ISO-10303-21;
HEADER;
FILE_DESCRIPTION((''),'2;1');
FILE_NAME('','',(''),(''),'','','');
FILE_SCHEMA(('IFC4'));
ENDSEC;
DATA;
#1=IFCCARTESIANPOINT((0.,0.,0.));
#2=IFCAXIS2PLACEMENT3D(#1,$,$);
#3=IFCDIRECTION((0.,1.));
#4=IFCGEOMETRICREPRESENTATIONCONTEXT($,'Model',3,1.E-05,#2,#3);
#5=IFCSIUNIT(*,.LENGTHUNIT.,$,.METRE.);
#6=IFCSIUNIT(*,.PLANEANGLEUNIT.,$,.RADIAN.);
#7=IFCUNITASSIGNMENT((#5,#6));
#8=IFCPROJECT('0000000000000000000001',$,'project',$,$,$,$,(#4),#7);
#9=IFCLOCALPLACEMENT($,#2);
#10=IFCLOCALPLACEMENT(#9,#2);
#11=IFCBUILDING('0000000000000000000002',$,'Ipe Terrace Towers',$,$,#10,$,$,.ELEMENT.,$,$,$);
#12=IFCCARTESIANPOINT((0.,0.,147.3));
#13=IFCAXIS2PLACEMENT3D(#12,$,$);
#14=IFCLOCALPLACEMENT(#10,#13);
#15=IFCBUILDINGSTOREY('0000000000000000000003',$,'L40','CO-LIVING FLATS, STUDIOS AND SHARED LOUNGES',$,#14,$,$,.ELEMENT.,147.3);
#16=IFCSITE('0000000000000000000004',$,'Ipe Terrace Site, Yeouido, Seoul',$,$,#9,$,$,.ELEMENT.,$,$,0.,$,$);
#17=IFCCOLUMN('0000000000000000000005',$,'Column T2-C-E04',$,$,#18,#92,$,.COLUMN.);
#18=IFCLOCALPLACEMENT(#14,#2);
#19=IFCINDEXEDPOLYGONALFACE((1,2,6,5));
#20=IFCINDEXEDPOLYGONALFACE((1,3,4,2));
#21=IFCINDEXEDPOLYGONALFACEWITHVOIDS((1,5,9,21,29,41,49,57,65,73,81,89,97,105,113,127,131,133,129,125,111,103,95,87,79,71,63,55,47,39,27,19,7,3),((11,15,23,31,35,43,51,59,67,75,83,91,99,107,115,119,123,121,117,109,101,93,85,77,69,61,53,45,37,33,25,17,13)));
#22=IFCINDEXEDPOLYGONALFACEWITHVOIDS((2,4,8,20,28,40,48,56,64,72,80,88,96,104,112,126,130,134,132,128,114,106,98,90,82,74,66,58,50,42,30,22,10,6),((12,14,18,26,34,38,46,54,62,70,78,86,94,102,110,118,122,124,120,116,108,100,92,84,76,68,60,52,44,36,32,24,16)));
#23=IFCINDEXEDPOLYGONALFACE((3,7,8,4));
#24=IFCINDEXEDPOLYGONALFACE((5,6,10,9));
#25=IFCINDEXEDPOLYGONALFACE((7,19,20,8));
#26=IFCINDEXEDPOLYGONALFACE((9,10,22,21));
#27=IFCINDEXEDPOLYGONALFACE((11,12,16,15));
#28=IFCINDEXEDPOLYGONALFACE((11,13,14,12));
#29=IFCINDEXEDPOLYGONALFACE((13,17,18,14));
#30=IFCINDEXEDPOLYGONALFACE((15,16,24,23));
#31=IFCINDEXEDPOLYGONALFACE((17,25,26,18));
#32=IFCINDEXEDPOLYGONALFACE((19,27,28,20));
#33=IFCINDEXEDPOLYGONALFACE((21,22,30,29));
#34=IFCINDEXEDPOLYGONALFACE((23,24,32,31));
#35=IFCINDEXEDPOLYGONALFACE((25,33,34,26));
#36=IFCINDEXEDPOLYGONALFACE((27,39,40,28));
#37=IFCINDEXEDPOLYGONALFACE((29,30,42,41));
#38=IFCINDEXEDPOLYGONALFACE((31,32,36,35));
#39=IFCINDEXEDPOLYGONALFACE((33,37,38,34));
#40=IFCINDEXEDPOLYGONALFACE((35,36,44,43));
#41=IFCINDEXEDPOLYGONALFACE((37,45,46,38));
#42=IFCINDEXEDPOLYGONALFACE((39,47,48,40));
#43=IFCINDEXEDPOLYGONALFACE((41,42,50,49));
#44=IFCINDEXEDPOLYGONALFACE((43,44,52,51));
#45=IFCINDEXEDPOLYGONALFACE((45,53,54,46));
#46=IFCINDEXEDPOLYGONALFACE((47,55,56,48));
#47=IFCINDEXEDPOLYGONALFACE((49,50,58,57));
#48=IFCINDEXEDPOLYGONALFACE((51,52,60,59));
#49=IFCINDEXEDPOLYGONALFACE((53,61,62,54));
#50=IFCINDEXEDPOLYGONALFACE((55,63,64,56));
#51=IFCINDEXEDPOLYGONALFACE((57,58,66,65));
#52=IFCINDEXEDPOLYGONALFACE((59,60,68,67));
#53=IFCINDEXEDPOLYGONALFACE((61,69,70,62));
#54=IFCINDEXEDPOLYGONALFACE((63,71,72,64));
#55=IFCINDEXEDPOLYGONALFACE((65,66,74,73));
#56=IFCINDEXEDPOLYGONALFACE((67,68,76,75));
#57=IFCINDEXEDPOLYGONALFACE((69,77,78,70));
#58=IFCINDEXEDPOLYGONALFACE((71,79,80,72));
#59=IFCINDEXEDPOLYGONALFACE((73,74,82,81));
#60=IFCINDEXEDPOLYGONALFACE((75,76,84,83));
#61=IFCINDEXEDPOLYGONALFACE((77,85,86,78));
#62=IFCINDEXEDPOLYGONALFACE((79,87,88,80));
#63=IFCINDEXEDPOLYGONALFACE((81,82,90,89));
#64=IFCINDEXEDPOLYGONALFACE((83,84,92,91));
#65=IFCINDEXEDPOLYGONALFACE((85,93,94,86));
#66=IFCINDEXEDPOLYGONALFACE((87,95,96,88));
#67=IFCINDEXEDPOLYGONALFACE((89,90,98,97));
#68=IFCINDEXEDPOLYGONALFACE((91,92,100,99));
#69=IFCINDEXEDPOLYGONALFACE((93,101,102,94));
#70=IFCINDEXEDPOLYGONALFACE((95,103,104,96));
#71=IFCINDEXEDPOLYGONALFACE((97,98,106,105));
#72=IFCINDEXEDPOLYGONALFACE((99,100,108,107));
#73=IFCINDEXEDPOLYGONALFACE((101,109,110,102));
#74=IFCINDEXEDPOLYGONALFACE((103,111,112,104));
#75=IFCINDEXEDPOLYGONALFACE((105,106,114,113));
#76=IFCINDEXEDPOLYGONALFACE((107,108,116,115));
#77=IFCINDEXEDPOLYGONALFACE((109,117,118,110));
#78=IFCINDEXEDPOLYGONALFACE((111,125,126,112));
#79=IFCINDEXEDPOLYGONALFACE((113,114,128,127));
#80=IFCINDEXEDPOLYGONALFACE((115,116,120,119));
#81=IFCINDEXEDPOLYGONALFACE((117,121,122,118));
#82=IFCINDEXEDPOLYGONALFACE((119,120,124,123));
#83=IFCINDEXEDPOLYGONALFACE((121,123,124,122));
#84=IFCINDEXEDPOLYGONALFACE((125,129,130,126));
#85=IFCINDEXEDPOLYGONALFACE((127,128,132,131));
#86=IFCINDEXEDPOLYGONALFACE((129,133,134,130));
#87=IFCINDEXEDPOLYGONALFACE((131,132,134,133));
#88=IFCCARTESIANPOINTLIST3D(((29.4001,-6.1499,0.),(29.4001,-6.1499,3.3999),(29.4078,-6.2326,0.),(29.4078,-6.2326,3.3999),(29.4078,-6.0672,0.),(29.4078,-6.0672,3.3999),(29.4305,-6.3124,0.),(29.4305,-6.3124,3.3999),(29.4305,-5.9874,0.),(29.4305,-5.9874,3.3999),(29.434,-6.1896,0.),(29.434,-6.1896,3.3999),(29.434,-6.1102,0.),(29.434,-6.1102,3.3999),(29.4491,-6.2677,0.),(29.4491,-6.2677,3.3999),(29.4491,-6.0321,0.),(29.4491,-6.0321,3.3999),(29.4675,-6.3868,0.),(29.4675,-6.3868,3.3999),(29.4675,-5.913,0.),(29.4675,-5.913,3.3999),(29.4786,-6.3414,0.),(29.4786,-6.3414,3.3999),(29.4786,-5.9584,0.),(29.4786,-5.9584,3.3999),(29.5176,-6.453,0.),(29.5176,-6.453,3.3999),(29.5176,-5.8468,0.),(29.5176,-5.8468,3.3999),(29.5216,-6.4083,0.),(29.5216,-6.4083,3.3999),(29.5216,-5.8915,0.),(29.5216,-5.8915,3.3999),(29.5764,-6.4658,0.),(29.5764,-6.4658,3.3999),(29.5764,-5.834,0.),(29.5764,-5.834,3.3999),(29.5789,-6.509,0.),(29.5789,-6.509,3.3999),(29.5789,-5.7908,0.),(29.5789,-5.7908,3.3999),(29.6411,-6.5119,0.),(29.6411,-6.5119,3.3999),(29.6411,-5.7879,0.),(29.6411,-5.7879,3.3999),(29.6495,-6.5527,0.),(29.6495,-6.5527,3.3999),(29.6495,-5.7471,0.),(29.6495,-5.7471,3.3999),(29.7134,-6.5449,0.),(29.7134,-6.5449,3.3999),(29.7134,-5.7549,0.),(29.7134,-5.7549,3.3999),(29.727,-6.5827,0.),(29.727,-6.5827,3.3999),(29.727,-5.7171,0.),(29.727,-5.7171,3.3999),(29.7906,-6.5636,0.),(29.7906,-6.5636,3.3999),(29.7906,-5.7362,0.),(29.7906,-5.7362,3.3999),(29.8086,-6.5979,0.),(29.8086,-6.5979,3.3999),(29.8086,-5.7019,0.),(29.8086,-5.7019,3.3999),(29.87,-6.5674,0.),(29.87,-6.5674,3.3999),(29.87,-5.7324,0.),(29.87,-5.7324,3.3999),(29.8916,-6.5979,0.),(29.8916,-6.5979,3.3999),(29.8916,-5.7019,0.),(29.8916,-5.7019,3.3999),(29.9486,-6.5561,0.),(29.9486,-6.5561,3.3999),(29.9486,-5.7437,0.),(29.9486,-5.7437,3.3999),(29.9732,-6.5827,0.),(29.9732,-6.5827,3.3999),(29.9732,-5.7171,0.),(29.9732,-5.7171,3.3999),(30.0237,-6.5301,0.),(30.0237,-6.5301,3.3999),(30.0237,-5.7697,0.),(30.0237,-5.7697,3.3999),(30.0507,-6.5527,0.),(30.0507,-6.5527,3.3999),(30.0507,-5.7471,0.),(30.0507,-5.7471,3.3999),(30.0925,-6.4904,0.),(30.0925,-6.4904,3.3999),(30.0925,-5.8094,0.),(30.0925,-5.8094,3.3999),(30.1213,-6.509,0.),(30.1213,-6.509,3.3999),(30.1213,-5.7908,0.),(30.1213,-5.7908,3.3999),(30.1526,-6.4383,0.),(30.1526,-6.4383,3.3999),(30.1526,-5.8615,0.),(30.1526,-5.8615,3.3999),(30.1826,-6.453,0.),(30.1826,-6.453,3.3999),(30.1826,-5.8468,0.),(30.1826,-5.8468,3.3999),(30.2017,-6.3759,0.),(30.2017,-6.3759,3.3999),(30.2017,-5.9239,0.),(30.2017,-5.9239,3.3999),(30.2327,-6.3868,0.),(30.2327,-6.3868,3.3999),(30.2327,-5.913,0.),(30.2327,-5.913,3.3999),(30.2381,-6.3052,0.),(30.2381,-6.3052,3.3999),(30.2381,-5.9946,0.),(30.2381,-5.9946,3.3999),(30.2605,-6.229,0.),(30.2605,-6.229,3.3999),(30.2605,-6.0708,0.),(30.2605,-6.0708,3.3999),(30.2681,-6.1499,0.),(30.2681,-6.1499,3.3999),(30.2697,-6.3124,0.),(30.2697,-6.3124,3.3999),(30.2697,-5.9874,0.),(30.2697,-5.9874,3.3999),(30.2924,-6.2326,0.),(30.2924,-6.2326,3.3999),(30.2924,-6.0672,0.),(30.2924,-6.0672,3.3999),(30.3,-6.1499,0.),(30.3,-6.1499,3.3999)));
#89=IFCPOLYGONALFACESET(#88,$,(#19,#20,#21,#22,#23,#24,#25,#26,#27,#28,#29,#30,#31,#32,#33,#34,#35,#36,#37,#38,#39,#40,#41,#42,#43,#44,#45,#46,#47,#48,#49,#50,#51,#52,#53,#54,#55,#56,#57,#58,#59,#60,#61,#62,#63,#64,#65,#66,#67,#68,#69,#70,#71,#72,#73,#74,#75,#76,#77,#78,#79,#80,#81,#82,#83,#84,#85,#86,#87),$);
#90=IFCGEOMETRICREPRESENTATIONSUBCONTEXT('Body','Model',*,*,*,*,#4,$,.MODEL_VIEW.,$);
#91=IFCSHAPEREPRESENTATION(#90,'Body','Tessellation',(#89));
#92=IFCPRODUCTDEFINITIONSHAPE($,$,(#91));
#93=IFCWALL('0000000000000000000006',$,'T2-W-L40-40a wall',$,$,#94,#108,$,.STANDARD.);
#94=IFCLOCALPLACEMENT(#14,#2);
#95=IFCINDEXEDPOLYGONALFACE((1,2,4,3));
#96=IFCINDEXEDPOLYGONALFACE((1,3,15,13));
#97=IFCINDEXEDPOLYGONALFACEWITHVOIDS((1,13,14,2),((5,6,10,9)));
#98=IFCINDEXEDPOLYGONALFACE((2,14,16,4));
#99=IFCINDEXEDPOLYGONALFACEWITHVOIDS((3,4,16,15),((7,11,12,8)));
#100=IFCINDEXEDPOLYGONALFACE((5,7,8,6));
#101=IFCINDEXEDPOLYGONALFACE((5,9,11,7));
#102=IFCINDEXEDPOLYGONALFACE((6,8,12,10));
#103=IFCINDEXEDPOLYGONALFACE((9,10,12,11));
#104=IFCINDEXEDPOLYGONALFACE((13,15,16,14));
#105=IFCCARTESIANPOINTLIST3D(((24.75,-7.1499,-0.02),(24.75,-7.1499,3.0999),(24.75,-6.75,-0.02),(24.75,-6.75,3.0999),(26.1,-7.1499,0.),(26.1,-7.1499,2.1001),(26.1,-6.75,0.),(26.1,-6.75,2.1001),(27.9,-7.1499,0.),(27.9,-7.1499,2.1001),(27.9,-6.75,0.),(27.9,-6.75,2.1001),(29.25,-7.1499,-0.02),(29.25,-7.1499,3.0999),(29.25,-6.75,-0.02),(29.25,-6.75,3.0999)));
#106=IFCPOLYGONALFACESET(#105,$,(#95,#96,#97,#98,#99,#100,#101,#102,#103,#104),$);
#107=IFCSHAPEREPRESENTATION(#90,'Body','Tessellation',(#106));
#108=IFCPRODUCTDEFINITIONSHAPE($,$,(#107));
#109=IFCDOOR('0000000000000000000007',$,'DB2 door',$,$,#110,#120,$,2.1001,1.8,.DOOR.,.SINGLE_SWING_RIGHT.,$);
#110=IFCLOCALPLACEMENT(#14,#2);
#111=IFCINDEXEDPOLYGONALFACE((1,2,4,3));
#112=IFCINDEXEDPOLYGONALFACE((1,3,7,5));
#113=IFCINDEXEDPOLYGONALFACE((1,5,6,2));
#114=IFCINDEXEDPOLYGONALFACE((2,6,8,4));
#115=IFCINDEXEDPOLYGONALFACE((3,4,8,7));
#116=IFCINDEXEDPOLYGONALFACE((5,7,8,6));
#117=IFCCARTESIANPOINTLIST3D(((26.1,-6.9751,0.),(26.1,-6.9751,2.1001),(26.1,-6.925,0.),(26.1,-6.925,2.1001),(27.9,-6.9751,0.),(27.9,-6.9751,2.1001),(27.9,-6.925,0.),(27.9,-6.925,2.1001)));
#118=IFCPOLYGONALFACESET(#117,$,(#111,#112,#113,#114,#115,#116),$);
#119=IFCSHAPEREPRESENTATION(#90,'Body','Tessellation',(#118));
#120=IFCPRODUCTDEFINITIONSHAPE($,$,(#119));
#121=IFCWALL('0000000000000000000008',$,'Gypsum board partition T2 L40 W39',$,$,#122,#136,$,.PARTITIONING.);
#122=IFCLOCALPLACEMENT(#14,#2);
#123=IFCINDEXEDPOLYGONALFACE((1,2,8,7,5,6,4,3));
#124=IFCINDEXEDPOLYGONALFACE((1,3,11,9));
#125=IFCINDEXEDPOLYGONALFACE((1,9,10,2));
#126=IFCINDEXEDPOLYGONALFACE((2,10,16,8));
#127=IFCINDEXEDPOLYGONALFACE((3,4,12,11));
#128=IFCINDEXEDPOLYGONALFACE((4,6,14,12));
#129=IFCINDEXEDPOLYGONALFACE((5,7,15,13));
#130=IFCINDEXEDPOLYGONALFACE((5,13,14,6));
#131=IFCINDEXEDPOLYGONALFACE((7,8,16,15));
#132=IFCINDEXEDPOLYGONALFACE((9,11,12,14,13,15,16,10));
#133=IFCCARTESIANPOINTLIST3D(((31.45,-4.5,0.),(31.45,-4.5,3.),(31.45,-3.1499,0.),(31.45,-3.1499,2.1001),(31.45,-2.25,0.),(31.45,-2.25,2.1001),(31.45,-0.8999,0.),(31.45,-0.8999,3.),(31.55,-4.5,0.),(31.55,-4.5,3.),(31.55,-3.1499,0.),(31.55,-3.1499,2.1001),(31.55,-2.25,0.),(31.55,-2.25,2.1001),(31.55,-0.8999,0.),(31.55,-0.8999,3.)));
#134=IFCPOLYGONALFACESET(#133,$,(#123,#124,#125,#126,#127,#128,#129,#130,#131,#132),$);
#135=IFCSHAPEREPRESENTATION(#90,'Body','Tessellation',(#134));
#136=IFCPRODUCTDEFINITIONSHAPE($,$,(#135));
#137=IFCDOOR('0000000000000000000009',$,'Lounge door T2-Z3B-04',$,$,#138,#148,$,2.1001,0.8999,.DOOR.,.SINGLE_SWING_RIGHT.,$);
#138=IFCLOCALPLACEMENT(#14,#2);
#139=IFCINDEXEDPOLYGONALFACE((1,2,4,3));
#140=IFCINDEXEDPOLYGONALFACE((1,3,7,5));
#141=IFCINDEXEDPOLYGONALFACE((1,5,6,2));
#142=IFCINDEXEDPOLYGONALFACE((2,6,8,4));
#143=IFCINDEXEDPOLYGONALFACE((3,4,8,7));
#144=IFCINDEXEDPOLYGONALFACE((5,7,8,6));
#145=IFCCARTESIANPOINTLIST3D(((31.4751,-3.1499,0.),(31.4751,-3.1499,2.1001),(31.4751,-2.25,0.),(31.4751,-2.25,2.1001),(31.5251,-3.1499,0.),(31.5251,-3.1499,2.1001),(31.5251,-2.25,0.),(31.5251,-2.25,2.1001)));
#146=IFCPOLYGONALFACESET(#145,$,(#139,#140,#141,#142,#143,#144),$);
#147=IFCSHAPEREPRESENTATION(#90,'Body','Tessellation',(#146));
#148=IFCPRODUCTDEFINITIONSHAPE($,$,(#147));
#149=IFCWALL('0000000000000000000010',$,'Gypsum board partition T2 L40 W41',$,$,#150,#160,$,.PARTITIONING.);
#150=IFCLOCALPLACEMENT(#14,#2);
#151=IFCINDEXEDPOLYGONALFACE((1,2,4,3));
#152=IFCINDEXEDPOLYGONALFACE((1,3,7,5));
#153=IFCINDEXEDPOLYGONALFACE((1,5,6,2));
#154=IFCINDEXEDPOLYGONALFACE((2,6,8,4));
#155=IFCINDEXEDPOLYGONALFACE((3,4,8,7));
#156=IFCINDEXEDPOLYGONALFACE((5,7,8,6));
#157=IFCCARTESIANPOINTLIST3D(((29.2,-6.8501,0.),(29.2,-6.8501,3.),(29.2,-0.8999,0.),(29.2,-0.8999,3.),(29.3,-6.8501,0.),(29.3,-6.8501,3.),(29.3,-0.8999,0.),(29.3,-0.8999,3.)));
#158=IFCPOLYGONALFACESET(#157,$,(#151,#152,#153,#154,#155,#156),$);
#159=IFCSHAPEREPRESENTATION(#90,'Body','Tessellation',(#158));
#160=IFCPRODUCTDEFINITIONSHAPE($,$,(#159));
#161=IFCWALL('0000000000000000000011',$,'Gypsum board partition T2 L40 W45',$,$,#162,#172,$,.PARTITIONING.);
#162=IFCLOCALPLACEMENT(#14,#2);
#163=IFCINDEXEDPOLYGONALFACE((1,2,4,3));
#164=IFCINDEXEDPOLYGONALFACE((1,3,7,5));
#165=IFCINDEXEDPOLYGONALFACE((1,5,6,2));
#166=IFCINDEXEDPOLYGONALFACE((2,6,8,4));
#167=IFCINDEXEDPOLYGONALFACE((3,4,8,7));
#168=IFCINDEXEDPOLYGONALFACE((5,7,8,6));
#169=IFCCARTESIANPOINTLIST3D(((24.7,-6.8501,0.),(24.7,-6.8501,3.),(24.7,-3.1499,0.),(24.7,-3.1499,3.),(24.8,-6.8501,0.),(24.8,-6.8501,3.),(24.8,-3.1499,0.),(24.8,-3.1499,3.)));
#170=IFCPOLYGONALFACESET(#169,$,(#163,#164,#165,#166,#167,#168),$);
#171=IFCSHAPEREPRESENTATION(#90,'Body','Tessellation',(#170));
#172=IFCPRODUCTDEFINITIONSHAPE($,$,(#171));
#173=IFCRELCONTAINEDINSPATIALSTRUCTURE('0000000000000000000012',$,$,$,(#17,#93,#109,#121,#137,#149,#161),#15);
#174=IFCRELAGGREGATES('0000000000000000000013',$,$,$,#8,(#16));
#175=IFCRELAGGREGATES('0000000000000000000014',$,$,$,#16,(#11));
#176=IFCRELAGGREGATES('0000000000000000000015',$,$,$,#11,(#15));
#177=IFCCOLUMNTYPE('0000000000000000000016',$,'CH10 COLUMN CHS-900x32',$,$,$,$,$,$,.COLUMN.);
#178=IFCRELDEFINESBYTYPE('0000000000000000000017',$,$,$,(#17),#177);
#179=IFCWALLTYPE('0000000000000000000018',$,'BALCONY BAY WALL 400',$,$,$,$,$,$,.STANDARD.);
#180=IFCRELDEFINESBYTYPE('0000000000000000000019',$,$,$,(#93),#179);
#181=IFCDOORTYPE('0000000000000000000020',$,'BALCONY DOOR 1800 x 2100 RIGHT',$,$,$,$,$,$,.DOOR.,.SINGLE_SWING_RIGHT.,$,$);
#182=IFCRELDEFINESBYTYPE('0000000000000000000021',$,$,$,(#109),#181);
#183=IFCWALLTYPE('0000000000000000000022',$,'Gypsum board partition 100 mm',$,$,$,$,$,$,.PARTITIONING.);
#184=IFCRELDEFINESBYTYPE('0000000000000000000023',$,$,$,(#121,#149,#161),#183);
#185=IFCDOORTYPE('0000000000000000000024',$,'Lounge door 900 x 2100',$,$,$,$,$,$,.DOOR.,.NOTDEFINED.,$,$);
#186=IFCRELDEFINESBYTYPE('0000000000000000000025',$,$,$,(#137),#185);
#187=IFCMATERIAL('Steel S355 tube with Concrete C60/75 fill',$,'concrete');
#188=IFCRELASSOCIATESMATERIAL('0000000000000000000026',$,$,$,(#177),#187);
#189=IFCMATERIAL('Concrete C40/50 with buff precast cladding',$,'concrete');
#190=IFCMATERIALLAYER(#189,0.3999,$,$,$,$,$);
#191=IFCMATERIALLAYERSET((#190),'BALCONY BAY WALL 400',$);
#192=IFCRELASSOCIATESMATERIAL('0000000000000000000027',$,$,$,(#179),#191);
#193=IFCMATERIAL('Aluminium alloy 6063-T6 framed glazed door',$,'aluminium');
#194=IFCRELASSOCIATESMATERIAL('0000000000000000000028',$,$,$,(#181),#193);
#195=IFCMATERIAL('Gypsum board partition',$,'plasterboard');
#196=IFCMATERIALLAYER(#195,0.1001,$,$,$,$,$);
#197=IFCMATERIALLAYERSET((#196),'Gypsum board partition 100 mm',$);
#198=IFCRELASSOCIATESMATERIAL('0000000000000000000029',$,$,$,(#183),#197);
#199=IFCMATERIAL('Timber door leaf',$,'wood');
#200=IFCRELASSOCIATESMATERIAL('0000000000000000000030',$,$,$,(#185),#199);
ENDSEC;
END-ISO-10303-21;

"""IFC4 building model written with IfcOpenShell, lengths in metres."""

from ifc_helpers import new_model, si_unit, direction, frame, frame_2d, origin, origin_2d, place, context, subcontext, project, spatial, rectangle, hollow_circle, extrude, material, layer, layer_set, material_profile, profile_set, type_object, element, fill, save


model = new_model("IFC4")

# Units and contexts
model_context = context("Model", 3, precision=1e-05, world=origin(), true_north=direction((0.0, 1.0)))
body_context = subcontext(model_context, "Body", "Model", "MODEL_VIEW")
ifc_project = project(units=[si_unit("LENGTHUNIT", "METRE"), si_unit("PLANEANGLEUNIT", "RADIAN")], contexts=[model_context])

# Site, building, storey
site_placement = place(None, origin())
site = spatial("IfcSite", under=ifc_project, at=site_placement, Name="Ipe Terrace Site, Yeouido, Seoul", CompositionType="ELEMENT", RefElevation=0.0)
building_placement = place(site_placement, origin())
building = spatial("IfcBuilding", under=site, at=building_placement, Name="Ipe Terrace Towers", CompositionType="ELEMENT")
storey_placement = place(building_placement, frame((0.0, 0.0, 147.3)))
storey = spatial("IfcBuildingStorey", under=building, at=storey_placement, Name="L40", Description="CO-LIVING FLATS, STUDIOS AND SHARED LOUNGES", CompositionType="ELEMENT", Elevation=147.3)

# Column
ifc_material_1 = material(Name="Steel S355 tube with Concrete C60/75 fill", Category="concrete")
ifc_material_profile = material_profile(ifc_material_1, hollow_circle(Radius=0.45, WallThickness=0.032, at=origin_2d()), Name="CHS-900x32")
ifc_profile_set = profile_set([ifc_material_profile], Name="Steel S355 tube with Concrete C60/75 fill")
column_type = type_object("IfcColumnType", Name="CH10 COLUMN CHS-900x32", PredefinedType="COLUMN", material=ifc_profile_set)
column_placement = place(storey_placement, frame((29.8501, -6.1499, 0.0), z_axis=(0.0, 0.0, 1.0), x_axis=(1.0, 0.0, 0.0)))
element("IfcColumn", 1, at=column_placement, inside=storey, type_object=column_type, Name="Column T2-C-E04", PredefinedType="COLUMN", context=body_context, shape_type="SweptSolid", body=[
    extrude(hollow_circle(Radius=0.45, WallThickness=0.032, at=origin_2d()), origin(), (0.0, 0.0, 1.0), 3.3999),
])

# Walls, openings, doors
ifc_material_2 = material(Name="Concrete C40/50 with buff precast cladding", Category="concrete")
ifc_layer_1 = layer(ifc_material_2, 0.3999)
ifc_layer_set_1 = layer_set([ifc_layer_1], Name="BALCONY BAY WALL 400")
wall_type_1 = type_object("IfcWallType", Name="BALCONY BAY WALL 400", PredefinedType="STANDARD", material=ifc_layer_set_1)
wall_1_placement = place(storey_placement, frame((24.75, -6.95, -0.02), z_axis=(0.0, 0.0, 1.0), x_axis=(1.0, 0.0, 0.0)))
wall_1 = element("IfcWall", 2, at=wall_1_placement, inside=storey, type_object=wall_type_1, Name="T2-W-L40-40a wall", PredefinedType="STANDARD", context=body_context, shape_type="SweptSolid", body=[
    extrude(rectangle(XDim=4.5, YDim=0.3999, at=frame_2d((2.25, 0.0))), origin(), (0.0, 0.0, 1.0), 3.1199),
])
opening_1_placement = place(wall_1_placement, frame((1.3501, 0.0, 0.02)))
opening_1 = element("IfcOpeningElement", 3, at=opening_1_placement, cuts=wall_1, PredefinedType="OPENING", context=body_context, shape_type="SweptSolid", body=[
    extrude(rectangle(XDim=1.8, YDim=2.1001, at=frame_2d((0.8999, 1.05))), frame((0.0, 0.21, 0.0), z_axis=(0.0, -1.0, 0.0), x_axis=(1.0, 0.0, 0.0)), (0.0, 0.0, 1.0), 0.4199),
])
ifc_material_3 = material(Name="Aluminium alloy 6063-T6 framed glazed door", Category="aluminium")
door_type_1 = type_object("IfcDoorType", Name="BALCONY DOOR 1800 x 2100 RIGHT", OperationType="SINGLE_SWING_RIGHT", PredefinedType="DOOR", material=ifc_material_3)
door_1_placement = place(opening_1_placement, origin())
door_1 = element("IfcDoor", 4, at=door_1_placement, inside=storey, type_object=door_type_1, Name="DB2 door", OperationType="SINGLE_SWING_RIGHT", OverallHeight=2.1001, OverallWidth=1.8, PredefinedType="DOOR", context=body_context, shape_type="SweptSolid", body=[
    extrude(rectangle(XDim=1.8, YDim=2.1001, at=frame_2d((0.8999, 1.05))), frame((0.0, 0.0249, 0.0), z_axis=(0.0, -1.0, 0.0), x_axis=(1.0, 0.0, 0.0)), (0.0, 0.0, 1.0), 0.05),
])
fill(opening_1, door_1)
ifc_material_4 = material(Name="Gypsum board partition", Category="plasterboard")
ifc_layer_2 = layer(ifc_material_4, 0.1001)
ifc_layer_set_2 = layer_set([ifc_layer_2], Name="Gypsum board partition 100 mm")
wall_type_2 = type_object("IfcWallType", Name="Gypsum board partition 100 mm", PredefinedType="PARTITIONING", material=ifc_layer_set_2)
wall_2_placement = place(storey_placement, frame((31.5, -4.5, 0.0), z_axis=(0.0, 0.0, 1.0), x_axis=(0.0, 1.0, 0.0)))
wall_2 = element("IfcWall", 5, at=wall_2_placement, inside=storey, type_object=wall_type_2, Name="Gypsum board partition T2 L40 W39", PredefinedType="PARTITIONING", context=body_context, shape_type="SweptSolid", body=[
    extrude(rectangle(XDim=3.6001, YDim=0.1001, at=frame_2d((1.8, 0.0))), origin(), (0.0, 0.0, 1.0), 3.0),
])
opening_2_placement = place(wall_2_placement, frame((1.3501, 0.0, 0.0)))
opening_2 = element("IfcOpeningElement", 6, at=opening_2_placement, cuts=wall_2, PredefinedType="OPENING", context=body_context, shape_type="SweptSolid", body=[
    extrude(rectangle(XDim=0.8999, YDim=2.1001, at=frame_2d((0.45, 1.05))), frame((0.0, 0.0601, 0.0), z_axis=(0.0, -1.0, 0.0), x_axis=(1.0, 0.0, 0.0)), (0.0, 0.0, 1.0), 0.1201),
])
ifc_material_5 = material(Name="Timber door leaf", Category="wood")
door_type_2 = type_object("IfcDoorType", Name="Lounge door 900 x 2100", OperationType="NOTDEFINED", PredefinedType="DOOR", material=ifc_material_5)
door_2_placement = place(opening_2_placement, origin())
door_2 = element("IfcDoor", 7, at=door_2_placement, inside=storey, type_object=door_type_2, Name="Lounge door T2-Z3B-04", OperationType="SINGLE_SWING_RIGHT", OverallHeight=2.1001, OverallWidth=0.8999, PredefinedType="DOOR", context=body_context, shape_type="SweptSolid", body=[
    extrude(rectangle(XDim=0.8999, YDim=2.1001, at=frame_2d((0.45, 1.05))), frame((0.0, 0.0249, 0.0), z_axis=(0.0, -1.0, 0.0), x_axis=(1.0, 0.0, 0.0)), (0.0, 0.0, 1.0), 0.05),
])
fill(opening_2, door_2)

# Walls
wall_3_placement = place(storey_placement, frame((29.25, -6.8501, 0.0), z_axis=(0.0, 0.0, 1.0), x_axis=(0.0, 1.0, 0.0)))
element("IfcWall", 8, at=wall_3_placement, inside=storey, type_object=wall_type_2, Name="Gypsum board partition T2 L40 W41", PredefinedType="PARTITIONING", context=body_context, shape_type="SweptSolid", body=[
    extrude(rectangle(XDim=5.9502, YDim=0.1001, at=frame_2d((2.9751, 0.0))), origin(), (0.0, 0.0, 1.0), 3.0),
])
wall_4_placement = place(storey_placement, frame((24.75, -6.8501, 0.0), z_axis=(0.0, 0.0, 1.0), x_axis=(0.0, 1.0, 0.0)))
element("IfcWall", 9, at=wall_4_placement, inside=storey, type_object=wall_type_2, Name="Gypsum board partition T2 L40 W45", PredefinedType="PARTITIONING", context=body_context, shape_type="SweptSolid", body=[
    extrude(rectangle(XDim=3.7002, YDim=0.1001, at=frame_2d((1.8501, 0.0))), origin(), (0.0, 0.0, 1.0), 3.0),
])

save(model, "model.ifc")
